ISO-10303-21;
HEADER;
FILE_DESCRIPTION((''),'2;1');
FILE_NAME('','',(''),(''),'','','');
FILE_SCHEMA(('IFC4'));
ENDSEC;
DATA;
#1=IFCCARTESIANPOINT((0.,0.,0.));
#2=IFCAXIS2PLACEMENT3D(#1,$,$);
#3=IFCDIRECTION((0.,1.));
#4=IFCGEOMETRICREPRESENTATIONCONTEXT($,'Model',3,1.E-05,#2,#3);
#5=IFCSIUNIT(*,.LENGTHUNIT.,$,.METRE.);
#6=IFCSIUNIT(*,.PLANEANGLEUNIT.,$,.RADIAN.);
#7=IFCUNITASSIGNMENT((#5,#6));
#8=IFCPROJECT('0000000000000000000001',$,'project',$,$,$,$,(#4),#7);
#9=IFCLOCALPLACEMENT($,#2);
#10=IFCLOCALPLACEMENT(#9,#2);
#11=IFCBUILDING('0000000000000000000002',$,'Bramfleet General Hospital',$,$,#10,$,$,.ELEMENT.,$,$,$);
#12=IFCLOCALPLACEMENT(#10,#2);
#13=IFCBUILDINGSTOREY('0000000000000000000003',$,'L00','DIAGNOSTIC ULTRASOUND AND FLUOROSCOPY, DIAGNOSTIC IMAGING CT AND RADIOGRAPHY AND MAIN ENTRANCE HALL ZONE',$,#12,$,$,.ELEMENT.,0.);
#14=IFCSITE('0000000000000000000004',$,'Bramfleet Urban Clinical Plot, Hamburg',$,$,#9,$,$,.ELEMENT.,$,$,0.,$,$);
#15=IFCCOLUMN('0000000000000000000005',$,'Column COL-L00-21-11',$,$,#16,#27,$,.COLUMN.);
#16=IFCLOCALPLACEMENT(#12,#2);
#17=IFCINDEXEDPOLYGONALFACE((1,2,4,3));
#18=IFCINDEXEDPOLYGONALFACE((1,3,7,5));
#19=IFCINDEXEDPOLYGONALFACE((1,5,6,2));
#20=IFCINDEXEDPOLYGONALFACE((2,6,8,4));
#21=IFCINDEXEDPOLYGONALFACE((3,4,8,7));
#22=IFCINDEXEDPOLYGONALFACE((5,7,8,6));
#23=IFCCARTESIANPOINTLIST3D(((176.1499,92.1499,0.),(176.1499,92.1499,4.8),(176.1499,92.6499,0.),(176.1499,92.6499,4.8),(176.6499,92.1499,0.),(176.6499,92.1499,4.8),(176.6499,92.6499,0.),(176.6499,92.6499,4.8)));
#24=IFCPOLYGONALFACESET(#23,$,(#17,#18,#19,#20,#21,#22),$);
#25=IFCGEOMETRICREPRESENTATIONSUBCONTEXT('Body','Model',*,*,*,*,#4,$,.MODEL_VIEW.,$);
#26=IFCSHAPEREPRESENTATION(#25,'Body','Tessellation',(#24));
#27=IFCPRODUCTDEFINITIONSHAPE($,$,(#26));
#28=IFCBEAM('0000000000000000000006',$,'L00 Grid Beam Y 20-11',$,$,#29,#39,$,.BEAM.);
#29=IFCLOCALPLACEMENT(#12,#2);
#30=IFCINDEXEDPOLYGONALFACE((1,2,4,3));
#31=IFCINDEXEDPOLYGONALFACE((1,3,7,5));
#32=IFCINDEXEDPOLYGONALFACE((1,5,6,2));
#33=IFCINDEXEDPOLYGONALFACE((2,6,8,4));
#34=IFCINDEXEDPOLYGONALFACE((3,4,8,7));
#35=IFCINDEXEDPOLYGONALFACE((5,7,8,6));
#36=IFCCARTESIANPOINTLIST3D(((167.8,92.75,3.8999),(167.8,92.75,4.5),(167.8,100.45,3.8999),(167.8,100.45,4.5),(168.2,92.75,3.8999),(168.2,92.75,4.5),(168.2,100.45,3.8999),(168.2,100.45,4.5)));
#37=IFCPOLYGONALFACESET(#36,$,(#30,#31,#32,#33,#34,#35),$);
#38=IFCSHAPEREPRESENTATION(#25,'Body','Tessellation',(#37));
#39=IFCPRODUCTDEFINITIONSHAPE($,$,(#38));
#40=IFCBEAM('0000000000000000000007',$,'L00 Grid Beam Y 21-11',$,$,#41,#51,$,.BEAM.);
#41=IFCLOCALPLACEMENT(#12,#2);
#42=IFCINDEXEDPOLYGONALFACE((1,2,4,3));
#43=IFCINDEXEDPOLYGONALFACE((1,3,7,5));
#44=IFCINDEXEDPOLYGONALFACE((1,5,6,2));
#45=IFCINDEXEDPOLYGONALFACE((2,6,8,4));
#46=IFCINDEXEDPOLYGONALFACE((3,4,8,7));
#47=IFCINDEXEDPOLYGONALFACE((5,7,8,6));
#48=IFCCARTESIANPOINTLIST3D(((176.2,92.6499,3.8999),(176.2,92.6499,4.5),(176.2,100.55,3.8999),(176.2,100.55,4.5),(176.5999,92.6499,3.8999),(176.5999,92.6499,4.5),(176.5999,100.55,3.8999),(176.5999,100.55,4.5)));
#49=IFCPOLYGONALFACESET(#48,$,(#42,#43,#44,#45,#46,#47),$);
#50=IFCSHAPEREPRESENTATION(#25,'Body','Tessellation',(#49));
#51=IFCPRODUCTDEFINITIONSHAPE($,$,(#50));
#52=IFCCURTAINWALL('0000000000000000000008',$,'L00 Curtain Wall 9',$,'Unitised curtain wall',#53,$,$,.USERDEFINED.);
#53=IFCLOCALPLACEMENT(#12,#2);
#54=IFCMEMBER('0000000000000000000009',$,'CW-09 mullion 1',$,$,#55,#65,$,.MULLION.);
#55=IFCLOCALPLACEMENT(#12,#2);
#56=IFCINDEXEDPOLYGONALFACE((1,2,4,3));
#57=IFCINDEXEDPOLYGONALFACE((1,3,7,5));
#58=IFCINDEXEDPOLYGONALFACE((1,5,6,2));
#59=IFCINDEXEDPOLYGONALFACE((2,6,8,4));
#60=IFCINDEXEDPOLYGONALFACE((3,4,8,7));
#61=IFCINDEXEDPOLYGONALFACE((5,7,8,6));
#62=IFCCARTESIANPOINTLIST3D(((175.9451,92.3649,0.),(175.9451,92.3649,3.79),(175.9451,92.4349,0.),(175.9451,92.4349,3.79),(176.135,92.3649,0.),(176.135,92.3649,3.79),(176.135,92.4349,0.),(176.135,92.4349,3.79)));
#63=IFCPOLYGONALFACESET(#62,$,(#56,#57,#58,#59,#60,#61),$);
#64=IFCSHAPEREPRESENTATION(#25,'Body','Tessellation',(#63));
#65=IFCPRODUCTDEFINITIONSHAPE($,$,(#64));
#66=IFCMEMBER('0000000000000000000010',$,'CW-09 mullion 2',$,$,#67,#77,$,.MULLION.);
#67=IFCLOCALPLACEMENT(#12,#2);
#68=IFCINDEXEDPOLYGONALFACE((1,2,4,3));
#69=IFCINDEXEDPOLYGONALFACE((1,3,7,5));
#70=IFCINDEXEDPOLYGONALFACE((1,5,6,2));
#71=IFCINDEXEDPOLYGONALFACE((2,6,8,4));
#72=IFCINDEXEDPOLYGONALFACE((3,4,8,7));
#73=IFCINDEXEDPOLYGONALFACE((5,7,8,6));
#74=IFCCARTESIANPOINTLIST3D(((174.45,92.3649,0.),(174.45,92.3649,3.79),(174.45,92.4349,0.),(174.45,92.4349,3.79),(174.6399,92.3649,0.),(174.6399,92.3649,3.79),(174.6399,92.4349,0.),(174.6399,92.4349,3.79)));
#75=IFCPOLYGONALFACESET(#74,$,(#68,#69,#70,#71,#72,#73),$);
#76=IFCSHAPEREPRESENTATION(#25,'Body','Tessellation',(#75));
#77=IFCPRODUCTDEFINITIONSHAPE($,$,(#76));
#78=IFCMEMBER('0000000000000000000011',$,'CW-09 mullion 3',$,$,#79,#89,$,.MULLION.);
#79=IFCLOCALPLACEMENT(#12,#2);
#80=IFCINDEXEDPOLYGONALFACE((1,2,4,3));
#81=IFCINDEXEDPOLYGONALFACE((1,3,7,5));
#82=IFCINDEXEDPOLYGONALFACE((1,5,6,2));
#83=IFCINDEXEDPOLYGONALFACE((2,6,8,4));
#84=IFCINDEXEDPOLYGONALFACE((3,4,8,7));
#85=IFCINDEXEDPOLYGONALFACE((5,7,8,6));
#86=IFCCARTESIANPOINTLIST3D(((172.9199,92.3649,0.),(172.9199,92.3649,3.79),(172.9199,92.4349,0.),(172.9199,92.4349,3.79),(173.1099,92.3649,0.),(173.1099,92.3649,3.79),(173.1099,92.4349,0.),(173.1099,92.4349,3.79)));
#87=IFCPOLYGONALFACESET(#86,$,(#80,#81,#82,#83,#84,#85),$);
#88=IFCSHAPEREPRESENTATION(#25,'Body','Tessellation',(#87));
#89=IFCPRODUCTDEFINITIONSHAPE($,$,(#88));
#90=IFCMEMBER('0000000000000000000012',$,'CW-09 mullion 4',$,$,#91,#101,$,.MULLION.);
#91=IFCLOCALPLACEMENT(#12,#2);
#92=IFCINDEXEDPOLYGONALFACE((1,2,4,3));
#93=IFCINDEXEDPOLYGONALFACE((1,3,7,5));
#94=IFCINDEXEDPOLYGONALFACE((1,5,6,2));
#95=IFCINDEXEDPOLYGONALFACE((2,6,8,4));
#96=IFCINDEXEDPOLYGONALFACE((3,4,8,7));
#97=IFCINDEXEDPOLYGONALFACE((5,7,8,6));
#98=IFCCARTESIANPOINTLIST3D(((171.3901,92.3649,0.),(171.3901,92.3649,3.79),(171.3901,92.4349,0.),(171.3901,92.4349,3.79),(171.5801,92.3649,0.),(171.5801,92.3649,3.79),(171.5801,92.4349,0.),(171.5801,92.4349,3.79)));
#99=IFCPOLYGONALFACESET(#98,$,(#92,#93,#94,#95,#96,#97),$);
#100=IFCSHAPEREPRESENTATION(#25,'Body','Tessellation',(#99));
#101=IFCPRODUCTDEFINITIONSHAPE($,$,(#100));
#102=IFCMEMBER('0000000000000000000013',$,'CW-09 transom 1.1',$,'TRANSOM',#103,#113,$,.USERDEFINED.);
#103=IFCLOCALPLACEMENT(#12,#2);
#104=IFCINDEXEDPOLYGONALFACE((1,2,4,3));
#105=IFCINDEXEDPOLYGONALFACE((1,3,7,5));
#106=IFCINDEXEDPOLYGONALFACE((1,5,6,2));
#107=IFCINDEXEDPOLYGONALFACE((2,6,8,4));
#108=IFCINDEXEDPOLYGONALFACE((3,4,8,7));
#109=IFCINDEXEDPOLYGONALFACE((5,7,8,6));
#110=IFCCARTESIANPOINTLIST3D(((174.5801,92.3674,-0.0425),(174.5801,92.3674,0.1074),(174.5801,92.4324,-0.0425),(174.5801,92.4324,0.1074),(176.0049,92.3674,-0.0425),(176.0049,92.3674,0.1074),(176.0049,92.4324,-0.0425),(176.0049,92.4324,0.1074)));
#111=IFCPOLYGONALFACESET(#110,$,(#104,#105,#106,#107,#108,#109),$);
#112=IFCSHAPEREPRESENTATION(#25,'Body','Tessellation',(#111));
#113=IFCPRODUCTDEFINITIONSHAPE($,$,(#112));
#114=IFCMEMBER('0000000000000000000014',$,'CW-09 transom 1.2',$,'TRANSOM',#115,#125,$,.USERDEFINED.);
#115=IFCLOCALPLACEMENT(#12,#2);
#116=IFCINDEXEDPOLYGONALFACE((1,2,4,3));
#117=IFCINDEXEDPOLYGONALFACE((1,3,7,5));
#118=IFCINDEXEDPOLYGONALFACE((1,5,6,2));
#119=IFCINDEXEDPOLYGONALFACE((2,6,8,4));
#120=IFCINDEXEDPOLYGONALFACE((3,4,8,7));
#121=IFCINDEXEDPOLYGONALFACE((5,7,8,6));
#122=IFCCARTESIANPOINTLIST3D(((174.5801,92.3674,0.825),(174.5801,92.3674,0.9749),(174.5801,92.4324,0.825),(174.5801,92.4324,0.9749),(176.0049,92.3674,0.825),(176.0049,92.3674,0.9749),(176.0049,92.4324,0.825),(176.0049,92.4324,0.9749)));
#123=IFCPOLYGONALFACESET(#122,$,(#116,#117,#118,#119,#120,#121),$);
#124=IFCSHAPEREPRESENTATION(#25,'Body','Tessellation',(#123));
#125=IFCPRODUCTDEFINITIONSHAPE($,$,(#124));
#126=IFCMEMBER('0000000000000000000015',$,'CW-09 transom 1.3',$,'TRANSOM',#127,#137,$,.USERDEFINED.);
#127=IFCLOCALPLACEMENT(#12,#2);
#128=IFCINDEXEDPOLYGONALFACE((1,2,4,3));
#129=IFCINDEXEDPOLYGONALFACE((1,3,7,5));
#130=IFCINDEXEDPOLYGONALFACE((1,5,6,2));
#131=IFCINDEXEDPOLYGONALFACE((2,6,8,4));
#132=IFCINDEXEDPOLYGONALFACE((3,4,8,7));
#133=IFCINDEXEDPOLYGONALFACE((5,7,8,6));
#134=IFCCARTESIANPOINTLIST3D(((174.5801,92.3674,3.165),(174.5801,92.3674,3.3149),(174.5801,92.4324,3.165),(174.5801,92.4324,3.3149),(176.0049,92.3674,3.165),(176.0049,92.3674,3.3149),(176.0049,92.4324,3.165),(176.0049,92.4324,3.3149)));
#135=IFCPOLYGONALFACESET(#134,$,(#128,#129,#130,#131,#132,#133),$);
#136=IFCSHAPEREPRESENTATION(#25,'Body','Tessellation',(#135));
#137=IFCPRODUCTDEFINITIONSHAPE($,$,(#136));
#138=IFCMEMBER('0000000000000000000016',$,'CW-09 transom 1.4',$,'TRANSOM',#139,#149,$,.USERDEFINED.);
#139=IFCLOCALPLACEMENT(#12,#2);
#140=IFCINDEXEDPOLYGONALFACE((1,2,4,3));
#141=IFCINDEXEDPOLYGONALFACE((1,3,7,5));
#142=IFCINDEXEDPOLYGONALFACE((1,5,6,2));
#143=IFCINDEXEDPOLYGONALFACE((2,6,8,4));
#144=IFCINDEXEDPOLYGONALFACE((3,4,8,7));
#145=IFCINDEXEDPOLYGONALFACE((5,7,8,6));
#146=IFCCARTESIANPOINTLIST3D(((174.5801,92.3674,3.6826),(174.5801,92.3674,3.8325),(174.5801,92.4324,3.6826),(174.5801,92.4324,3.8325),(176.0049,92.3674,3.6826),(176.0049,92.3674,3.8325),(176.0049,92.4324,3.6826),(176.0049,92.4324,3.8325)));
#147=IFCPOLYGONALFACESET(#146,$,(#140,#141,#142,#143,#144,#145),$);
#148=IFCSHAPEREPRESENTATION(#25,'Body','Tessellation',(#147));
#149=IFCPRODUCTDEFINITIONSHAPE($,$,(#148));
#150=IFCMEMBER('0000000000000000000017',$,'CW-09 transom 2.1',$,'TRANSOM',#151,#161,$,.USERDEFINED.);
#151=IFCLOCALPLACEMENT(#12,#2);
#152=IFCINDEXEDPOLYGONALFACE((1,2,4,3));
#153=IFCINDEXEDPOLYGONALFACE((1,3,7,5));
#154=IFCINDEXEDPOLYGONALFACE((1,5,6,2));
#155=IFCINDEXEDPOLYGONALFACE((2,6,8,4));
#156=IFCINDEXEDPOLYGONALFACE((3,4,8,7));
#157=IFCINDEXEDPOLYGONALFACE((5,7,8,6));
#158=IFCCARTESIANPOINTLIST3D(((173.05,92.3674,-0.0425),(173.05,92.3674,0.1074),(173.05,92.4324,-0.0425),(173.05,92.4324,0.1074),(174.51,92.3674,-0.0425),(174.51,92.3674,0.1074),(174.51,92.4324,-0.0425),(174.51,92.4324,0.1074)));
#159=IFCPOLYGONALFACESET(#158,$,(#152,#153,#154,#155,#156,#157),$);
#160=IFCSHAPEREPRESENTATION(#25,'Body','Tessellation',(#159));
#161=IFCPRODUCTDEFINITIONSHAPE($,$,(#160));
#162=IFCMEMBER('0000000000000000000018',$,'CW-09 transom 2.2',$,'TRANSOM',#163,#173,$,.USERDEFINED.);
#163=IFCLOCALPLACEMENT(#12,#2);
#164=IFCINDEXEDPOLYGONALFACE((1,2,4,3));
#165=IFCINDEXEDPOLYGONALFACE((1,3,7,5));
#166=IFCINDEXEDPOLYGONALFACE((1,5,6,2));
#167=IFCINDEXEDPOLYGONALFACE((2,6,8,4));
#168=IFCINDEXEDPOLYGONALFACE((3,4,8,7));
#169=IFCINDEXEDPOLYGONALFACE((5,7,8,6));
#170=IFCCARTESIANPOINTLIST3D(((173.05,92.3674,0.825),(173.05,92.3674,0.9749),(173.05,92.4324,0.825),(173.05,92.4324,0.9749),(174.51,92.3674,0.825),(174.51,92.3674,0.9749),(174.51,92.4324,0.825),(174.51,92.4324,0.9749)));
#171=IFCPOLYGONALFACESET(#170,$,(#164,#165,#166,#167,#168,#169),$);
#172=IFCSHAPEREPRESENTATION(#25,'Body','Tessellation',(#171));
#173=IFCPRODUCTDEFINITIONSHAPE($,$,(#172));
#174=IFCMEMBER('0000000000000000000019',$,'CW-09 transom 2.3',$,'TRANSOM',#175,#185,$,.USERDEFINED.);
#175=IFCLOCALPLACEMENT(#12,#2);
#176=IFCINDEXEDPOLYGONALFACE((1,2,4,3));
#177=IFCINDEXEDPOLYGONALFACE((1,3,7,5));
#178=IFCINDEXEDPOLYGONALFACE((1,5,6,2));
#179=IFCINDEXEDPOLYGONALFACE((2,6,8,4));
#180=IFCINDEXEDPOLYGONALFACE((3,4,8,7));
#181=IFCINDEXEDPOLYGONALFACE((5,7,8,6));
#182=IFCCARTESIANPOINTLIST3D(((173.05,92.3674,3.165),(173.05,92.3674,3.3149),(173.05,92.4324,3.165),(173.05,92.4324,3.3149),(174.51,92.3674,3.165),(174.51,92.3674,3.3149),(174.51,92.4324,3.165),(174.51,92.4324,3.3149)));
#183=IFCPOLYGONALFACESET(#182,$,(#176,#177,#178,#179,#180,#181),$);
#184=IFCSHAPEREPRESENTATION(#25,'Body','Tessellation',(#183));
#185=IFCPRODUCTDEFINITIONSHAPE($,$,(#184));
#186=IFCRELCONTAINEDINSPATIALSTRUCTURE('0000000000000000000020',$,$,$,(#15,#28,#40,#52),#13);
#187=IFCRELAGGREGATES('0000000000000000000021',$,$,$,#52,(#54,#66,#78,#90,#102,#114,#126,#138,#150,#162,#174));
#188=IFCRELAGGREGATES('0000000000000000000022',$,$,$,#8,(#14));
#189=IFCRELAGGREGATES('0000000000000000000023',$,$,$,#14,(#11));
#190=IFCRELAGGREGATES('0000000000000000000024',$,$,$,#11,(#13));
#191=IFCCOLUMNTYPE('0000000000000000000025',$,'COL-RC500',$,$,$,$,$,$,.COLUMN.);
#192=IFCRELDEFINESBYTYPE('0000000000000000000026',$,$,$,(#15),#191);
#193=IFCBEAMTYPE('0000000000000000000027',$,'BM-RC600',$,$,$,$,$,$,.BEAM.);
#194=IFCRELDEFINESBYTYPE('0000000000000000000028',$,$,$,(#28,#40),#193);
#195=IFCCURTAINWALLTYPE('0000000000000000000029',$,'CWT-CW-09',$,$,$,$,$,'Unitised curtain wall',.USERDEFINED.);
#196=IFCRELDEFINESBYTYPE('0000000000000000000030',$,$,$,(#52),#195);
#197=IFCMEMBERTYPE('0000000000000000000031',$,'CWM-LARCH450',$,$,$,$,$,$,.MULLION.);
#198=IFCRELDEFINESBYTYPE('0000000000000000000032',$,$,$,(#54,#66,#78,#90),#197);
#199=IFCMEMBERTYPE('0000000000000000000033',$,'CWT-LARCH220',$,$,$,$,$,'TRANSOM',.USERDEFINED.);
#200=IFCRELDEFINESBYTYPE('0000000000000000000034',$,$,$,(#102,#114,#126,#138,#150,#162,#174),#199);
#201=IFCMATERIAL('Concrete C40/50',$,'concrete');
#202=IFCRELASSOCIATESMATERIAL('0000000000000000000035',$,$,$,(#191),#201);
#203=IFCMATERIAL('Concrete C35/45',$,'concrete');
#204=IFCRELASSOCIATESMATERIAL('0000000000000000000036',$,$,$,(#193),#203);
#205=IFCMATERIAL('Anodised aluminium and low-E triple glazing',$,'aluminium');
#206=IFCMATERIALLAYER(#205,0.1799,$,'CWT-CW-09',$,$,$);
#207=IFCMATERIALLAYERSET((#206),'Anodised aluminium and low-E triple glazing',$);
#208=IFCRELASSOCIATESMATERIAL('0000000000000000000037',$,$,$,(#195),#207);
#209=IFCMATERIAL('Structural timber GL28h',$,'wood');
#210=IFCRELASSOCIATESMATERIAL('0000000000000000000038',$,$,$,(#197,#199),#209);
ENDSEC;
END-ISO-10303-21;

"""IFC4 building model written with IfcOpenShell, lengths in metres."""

from ifc_helpers import new_model, si_unit, direction, frame, origin, origin_2d, place, context, subcontext, project, spatial, rectangle, extrude, material, layer, layer_set, material_profile, profile_set, type_object, element, aggregate, save


model = new_model("IFC4")

# Units and contexts
model_context = context("Model", 3, precision=1e-05, world=origin(), true_north=direction((0.0, 1.0)))
body_context = subcontext(model_context, "Body", "Model", "MODEL_VIEW")
ifc_project = project(units=[si_unit("LENGTHUNIT", "METRE"), si_unit("PLANEANGLEUNIT", "RADIAN")], contexts=[model_context])

# Site, building, storey
site_placement = place(None, origin())
site = spatial("IfcSite", under=ifc_project, at=site_placement, Name="Bramfleet Urban Clinical Plot, Hamburg", CompositionType="ELEMENT", RefElevation=0.0)
building_placement = place(site_placement, origin())
building = spatial("IfcBuilding", under=site, at=building_placement, Name="Bramfleet General Hospital", CompositionType="ELEMENT")
storey_placement = place(building_placement, origin())
storey = spatial("IfcBuildingStorey", under=building, at=storey_placement, Name="L00", Description="DIAGNOSTIC ULTRASOUND AND FLUOROSCOPY, DIAGNOSTIC IMAGING CT AND RADIOGRAPHY AND MAIN ENTRANCE HALL ZONE", CompositionType="ELEMENT", Elevation=0.0)

# Column
ifc_material_1 = material(Name="Concrete C40/50", Category="concrete")
ifc_material_profile_1 = material_profile(ifc_material_1, rectangle(XDim=0.5, YDim=0.5, at=origin_2d()), Name="RC COL 500x500")
ifc_profile_set_1 = profile_set([ifc_material_profile_1], Name="Concrete C40/50")
column_type = type_object("IfcColumnType", Name="COL-RC500", PredefinedType="COLUMN", material=ifc_profile_set_1)
column_placement = place(storey_placement, frame((176.3999, 92.3999, 0.0), z_axis=(0.0, 0.0, 1.0), x_axis=(1.0, 0.0, 0.0)))
element("IfcColumn", 1, at=column_placement, inside=storey, type_object=column_type, Name="Column COL-L00-21-11", PredefinedType="COLUMN", context=body_context, shape_type="SweptSolid", body=[
    extrude(rectangle(XDim=0.5, YDim=0.5, at=origin_2d()), origin(), (0.0, 0.0, 1.0), 4.8),
])

# Beams
ifc_material_2 = material(Name="Concrete C35/45", Category="concrete")
ifc_material_profile_2 = material_profile(ifc_material_2, rectangle(XDim=0.3999, YDim=0.6001, at=origin_2d()), Name="RC BM 600x400")
ifc_profile_set_2 = profile_set([ifc_material_profile_2], Name="Concrete C35/45")
beam_type = type_object("IfcBeamType", Name="BM-RC600", PredefinedType="BEAM", material=ifc_profile_set_2)
beam_1_placement = place(storey_placement, frame((168.0, 92.75, 4.2), z_axis=(0.0, 1.0, 0.0), x_axis=(-1.0, 0.0, 0.0)))
element("IfcBeam", 2, at=beam_1_placement, inside=storey, type_object=beam_type, Name="L00 Grid Beam Y 20-11", PredefinedType="BEAM", context=body_context, shape_type="SweptSolid", body=[
    extrude(rectangle(XDim=0.3999, YDim=0.6001, at=origin_2d()), origin(), (0.0, 0.0, 1.0), 7.7),
])
beam_2_placement = place(storey_placement, frame((176.3999, 92.6499, 4.2), z_axis=(0.0, 1.0, 0.0), x_axis=(-1.0, 0.0, 0.0)))
element("IfcBeam", 3, at=beam_2_placement, inside=storey, type_object=beam_type, Name="L00 Grid Beam Y 21-11", PredefinedType="BEAM", context=body_context, shape_type="SweptSolid", body=[
    extrude(rectangle(XDim=0.3999, YDim=0.6001, at=origin_2d()), origin(), (0.0, 0.0, 1.0), 7.9001),
])

# Curtain wall, members
ifc_material_3 = material(Name="Anodised aluminium and low-E triple glazing", Category="aluminium")
ifc_layer_1 = layer(ifc_material_3, 0.1799, Name="CWT-CW-09")
ifc_layer_set_1 = layer_set([ifc_layer_1], Name="Anodised aluminium and low-E triple glazing")
curtain_wall_type = type_object("IfcCurtainWallType", Name="CWT-CW-09", ElementType="Unitised curtain wall", PredefinedType="USERDEFINED", material=ifc_layer_set_1)
curtain_wall_placement = place(storey_placement, origin())
curtain_wall = element("IfcCurtainWall", 4, at=curtain_wall_placement, inside=storey, type_object=curtain_wall_type, Name="L00 Curtain Wall 9", ObjectType="Unitised curtain wall", PredefinedType="USERDEFINED")
ifc_material_4 = material(Name="Structural timber GL28h", Category="wood")
ifc_material_profile_3 = material_profile(ifc_material_4, rectangle(XDim=0.0701, YDim=0.1899, at=origin_2d()), Name="LARCH 190x70")
ifc_profile_set_3 = profile_set([ifc_material_profile_3], Name="Structural timber GL28h")
member_type_1 = type_object("IfcMemberType", Name="CWM-LARCH450", PredefinedType="MULLION", material=ifc_profile_set_3)
member_1_placement = place(storey_placement, frame((176.04, 92.3999, 0.0), z_axis=(0.0, 0.0, 1.0), x_axis=(0.0, -1.0, 0.0)))
member_1 = element("IfcMember", 5, at=member_1_placement, type_object=member_type_1, Name="CW-09 mullion 1", PredefinedType="MULLION", context=body_context, shape_type="SweptSolid", body=[
    extrude(rectangle(XDim=0.0701, YDim=0.1899, at=origin_2d()), origin(), (0.0, 0.0, 1.0), 3.79),
])
member_2_placement = place(storey_placement, frame((174.5449, 92.3999, 0.0), z_axis=(0.0, 0.0, 1.0), x_axis=(0.0, -1.0, 0.0)))
member_2 = element("IfcMember", 6, at=member_2_placement, type_object=member_type_1, Name="CW-09 mullion 2", PredefinedType="MULLION", context=body_context, shape_type="SweptSolid", body=[
    extrude(rectangle(XDim=0.0701, YDim=0.1899, at=origin_2d()), origin(), (0.0, 0.0, 1.0), 3.79),
])
member_3_placement = place(storey_placement, frame((173.0149, 92.3999, 0.0), z_axis=(0.0, 0.0, 1.0), x_axis=(0.0, -1.0, 0.0)))
member_3 = element("IfcMember", 7, at=member_3_placement, type_object=member_type_1, Name="CW-09 mullion 3", PredefinedType="MULLION", context=body_context, shape_type="SweptSolid", body=[
    extrude(rectangle(XDim=0.0701, YDim=0.1899, at=origin_2d()), origin(), (0.0, 0.0, 1.0), 3.79),
])
member_4_placement = place(storey_placement, frame((171.4851, 92.3999, 0.0), z_axis=(0.0, 0.0, 1.0), x_axis=(0.0, -1.0, 0.0)))
member_4 = element("IfcMember", 8, at=member_4_placement, type_object=member_type_1, Name="CW-09 mullion 4", PredefinedType="MULLION", context=body_context, shape_type="SweptSolid", body=[
    extrude(rectangle(XDim=0.0701, YDim=0.1899, at=origin_2d()), origin(), (0.0, 0.0, 1.0), 3.79),
])
ifc_material_profile_4 = material_profile(ifc_material_4, rectangle(XDim=0.0649, YDim=0.1499, at=origin_2d()), Name="LARCH 150x65")
ifc_profile_set_4 = profile_set([ifc_material_profile_4], Name="Structural timber GL28h")
member_type_2 = type_object("IfcMemberType", Name="CWT-LARCH220", ElementType="TRANSOM", PredefinedType="USERDEFINED", material=ifc_profile_set_4)
member_5_placement = place(storey_placement, frame((176.0049, 92.3999, 0.0325), z_axis=(-1.0, 0.0, 0.0), x_axis=(0.0, -1.0, 0.0)))
member_5 = element("IfcMember", 9, at=member_5_placement, type_object=member_type_2, Name="CW-09 transom 1.1", ObjectType="TRANSOM", PredefinedType="USERDEFINED", context=body_context, shape_type="SweptSolid", body=[
    extrude(rectangle(XDim=0.0649, YDim=0.1499, at=origin_2d()), origin(), (0.0, 0.0, 1.0), 1.4248),
])
member_6_placement = place(storey_placement, frame((176.0049, 92.3999, 0.8999), z_axis=(-1.0, 0.0, 0.0), x_axis=(0.0, -1.0, 0.0)))
member_6 = element("IfcMember", 10, at=member_6_placement, type_object=member_type_2, Name="CW-09 transom 1.2", ObjectType="TRANSOM", PredefinedType="USERDEFINED", context=body_context, shape_type="SweptSolid", body=[
    extrude(rectangle(XDim=0.0649, YDim=0.1499, at=origin_2d()), origin(), (0.0, 0.0, 1.0), 1.4248),
])
member_7_placement = place(storey_placement, frame((176.0049, 92.3999, 3.24), z_axis=(-1.0, 0.0, 0.0), x_axis=(0.0, -1.0, 0.0)))
member_7 = element("IfcMember", 11, at=member_7_placement, type_object=member_type_2, Name="CW-09 transom 1.3", ObjectType="TRANSOM", PredefinedType="USERDEFINED", context=body_context, shape_type="SweptSolid", body=[
    extrude(rectangle(XDim=0.0649, YDim=0.1499, at=origin_2d()), origin(), (0.0, 0.0, 1.0), 1.4248),
])
member_8_placement = place(storey_placement, frame((176.0049, 92.3999, 3.7576), z_axis=(-1.0, 0.0, 0.0), x_axis=(0.0, -1.0, 0.0)))
member_8 = element("IfcMember", 12, at=member_8_placement, type_object=member_type_2, Name="CW-09 transom 1.4", ObjectType="TRANSOM", PredefinedType="USERDEFINED", context=body_context, shape_type="SweptSolid", body=[
    extrude(rectangle(XDim=0.0649, YDim=0.1499, at=origin_2d()), origin(), (0.0, 0.0, 1.0), 1.4248),
])
member_9_placement = place(storey_placement, frame((174.51, 92.3999, 0.0325), z_axis=(-1.0, 0.0, 0.0), x_axis=(0.0, -1.0, 0.0)))
member_9 = element("IfcMember", 13, at=member_9_placement, type_object=member_type_2, Name="CW-09 transom 2.1", ObjectType="TRANSOM", PredefinedType="USERDEFINED", context=body_context, shape_type="SweptSolid", body=[
    extrude(rectangle(XDim=0.0649, YDim=0.1499, at=origin_2d()), origin(), (0.0, 0.0, 1.0), 1.46),
])
member_10_placement = place(storey_placement, frame((174.51, 92.3999, 0.8999), z_axis=(-1.0, 0.0, 0.0), x_axis=(0.0, -1.0, 0.0)))
member_10 = element("IfcMember", 14, at=member_10_placement, type_object=member_type_2, Name="CW-09 transom 2.2", ObjectType="TRANSOM", PredefinedType="USERDEFINED", context=body_context, shape_type="SweptSolid", body=[
    extrude(rectangle(XDim=0.0649, YDim=0.1499, at=origin_2d()), origin(), (0.0, 0.0, 1.0), 1.46),
])
member_11_placement = place(storey_placement, frame((174.51, 92.3999, 3.24), z_axis=(-1.0, 0.0, 0.0), x_axis=(0.0, -1.0, 0.0)))
member_11 = element("IfcMember", 15, at=member_11_placement, type_object=member_type_2, Name="CW-09 transom 2.3", ObjectType="TRANSOM", PredefinedType="USERDEFINED", context=body_context, shape_type="SweptSolid", body=[
    extrude(rectangle(XDim=0.0649, YDim=0.1499, at=origin_2d()), origin(), (0.0, 0.0, 1.0), 1.46),
])
aggregate(curtain_wall, [member_1, member_2, member_3, member_4, member_5, member_6, member_7, member_8, member_9, member_10, member_11])

save(model, "model.ifc")
